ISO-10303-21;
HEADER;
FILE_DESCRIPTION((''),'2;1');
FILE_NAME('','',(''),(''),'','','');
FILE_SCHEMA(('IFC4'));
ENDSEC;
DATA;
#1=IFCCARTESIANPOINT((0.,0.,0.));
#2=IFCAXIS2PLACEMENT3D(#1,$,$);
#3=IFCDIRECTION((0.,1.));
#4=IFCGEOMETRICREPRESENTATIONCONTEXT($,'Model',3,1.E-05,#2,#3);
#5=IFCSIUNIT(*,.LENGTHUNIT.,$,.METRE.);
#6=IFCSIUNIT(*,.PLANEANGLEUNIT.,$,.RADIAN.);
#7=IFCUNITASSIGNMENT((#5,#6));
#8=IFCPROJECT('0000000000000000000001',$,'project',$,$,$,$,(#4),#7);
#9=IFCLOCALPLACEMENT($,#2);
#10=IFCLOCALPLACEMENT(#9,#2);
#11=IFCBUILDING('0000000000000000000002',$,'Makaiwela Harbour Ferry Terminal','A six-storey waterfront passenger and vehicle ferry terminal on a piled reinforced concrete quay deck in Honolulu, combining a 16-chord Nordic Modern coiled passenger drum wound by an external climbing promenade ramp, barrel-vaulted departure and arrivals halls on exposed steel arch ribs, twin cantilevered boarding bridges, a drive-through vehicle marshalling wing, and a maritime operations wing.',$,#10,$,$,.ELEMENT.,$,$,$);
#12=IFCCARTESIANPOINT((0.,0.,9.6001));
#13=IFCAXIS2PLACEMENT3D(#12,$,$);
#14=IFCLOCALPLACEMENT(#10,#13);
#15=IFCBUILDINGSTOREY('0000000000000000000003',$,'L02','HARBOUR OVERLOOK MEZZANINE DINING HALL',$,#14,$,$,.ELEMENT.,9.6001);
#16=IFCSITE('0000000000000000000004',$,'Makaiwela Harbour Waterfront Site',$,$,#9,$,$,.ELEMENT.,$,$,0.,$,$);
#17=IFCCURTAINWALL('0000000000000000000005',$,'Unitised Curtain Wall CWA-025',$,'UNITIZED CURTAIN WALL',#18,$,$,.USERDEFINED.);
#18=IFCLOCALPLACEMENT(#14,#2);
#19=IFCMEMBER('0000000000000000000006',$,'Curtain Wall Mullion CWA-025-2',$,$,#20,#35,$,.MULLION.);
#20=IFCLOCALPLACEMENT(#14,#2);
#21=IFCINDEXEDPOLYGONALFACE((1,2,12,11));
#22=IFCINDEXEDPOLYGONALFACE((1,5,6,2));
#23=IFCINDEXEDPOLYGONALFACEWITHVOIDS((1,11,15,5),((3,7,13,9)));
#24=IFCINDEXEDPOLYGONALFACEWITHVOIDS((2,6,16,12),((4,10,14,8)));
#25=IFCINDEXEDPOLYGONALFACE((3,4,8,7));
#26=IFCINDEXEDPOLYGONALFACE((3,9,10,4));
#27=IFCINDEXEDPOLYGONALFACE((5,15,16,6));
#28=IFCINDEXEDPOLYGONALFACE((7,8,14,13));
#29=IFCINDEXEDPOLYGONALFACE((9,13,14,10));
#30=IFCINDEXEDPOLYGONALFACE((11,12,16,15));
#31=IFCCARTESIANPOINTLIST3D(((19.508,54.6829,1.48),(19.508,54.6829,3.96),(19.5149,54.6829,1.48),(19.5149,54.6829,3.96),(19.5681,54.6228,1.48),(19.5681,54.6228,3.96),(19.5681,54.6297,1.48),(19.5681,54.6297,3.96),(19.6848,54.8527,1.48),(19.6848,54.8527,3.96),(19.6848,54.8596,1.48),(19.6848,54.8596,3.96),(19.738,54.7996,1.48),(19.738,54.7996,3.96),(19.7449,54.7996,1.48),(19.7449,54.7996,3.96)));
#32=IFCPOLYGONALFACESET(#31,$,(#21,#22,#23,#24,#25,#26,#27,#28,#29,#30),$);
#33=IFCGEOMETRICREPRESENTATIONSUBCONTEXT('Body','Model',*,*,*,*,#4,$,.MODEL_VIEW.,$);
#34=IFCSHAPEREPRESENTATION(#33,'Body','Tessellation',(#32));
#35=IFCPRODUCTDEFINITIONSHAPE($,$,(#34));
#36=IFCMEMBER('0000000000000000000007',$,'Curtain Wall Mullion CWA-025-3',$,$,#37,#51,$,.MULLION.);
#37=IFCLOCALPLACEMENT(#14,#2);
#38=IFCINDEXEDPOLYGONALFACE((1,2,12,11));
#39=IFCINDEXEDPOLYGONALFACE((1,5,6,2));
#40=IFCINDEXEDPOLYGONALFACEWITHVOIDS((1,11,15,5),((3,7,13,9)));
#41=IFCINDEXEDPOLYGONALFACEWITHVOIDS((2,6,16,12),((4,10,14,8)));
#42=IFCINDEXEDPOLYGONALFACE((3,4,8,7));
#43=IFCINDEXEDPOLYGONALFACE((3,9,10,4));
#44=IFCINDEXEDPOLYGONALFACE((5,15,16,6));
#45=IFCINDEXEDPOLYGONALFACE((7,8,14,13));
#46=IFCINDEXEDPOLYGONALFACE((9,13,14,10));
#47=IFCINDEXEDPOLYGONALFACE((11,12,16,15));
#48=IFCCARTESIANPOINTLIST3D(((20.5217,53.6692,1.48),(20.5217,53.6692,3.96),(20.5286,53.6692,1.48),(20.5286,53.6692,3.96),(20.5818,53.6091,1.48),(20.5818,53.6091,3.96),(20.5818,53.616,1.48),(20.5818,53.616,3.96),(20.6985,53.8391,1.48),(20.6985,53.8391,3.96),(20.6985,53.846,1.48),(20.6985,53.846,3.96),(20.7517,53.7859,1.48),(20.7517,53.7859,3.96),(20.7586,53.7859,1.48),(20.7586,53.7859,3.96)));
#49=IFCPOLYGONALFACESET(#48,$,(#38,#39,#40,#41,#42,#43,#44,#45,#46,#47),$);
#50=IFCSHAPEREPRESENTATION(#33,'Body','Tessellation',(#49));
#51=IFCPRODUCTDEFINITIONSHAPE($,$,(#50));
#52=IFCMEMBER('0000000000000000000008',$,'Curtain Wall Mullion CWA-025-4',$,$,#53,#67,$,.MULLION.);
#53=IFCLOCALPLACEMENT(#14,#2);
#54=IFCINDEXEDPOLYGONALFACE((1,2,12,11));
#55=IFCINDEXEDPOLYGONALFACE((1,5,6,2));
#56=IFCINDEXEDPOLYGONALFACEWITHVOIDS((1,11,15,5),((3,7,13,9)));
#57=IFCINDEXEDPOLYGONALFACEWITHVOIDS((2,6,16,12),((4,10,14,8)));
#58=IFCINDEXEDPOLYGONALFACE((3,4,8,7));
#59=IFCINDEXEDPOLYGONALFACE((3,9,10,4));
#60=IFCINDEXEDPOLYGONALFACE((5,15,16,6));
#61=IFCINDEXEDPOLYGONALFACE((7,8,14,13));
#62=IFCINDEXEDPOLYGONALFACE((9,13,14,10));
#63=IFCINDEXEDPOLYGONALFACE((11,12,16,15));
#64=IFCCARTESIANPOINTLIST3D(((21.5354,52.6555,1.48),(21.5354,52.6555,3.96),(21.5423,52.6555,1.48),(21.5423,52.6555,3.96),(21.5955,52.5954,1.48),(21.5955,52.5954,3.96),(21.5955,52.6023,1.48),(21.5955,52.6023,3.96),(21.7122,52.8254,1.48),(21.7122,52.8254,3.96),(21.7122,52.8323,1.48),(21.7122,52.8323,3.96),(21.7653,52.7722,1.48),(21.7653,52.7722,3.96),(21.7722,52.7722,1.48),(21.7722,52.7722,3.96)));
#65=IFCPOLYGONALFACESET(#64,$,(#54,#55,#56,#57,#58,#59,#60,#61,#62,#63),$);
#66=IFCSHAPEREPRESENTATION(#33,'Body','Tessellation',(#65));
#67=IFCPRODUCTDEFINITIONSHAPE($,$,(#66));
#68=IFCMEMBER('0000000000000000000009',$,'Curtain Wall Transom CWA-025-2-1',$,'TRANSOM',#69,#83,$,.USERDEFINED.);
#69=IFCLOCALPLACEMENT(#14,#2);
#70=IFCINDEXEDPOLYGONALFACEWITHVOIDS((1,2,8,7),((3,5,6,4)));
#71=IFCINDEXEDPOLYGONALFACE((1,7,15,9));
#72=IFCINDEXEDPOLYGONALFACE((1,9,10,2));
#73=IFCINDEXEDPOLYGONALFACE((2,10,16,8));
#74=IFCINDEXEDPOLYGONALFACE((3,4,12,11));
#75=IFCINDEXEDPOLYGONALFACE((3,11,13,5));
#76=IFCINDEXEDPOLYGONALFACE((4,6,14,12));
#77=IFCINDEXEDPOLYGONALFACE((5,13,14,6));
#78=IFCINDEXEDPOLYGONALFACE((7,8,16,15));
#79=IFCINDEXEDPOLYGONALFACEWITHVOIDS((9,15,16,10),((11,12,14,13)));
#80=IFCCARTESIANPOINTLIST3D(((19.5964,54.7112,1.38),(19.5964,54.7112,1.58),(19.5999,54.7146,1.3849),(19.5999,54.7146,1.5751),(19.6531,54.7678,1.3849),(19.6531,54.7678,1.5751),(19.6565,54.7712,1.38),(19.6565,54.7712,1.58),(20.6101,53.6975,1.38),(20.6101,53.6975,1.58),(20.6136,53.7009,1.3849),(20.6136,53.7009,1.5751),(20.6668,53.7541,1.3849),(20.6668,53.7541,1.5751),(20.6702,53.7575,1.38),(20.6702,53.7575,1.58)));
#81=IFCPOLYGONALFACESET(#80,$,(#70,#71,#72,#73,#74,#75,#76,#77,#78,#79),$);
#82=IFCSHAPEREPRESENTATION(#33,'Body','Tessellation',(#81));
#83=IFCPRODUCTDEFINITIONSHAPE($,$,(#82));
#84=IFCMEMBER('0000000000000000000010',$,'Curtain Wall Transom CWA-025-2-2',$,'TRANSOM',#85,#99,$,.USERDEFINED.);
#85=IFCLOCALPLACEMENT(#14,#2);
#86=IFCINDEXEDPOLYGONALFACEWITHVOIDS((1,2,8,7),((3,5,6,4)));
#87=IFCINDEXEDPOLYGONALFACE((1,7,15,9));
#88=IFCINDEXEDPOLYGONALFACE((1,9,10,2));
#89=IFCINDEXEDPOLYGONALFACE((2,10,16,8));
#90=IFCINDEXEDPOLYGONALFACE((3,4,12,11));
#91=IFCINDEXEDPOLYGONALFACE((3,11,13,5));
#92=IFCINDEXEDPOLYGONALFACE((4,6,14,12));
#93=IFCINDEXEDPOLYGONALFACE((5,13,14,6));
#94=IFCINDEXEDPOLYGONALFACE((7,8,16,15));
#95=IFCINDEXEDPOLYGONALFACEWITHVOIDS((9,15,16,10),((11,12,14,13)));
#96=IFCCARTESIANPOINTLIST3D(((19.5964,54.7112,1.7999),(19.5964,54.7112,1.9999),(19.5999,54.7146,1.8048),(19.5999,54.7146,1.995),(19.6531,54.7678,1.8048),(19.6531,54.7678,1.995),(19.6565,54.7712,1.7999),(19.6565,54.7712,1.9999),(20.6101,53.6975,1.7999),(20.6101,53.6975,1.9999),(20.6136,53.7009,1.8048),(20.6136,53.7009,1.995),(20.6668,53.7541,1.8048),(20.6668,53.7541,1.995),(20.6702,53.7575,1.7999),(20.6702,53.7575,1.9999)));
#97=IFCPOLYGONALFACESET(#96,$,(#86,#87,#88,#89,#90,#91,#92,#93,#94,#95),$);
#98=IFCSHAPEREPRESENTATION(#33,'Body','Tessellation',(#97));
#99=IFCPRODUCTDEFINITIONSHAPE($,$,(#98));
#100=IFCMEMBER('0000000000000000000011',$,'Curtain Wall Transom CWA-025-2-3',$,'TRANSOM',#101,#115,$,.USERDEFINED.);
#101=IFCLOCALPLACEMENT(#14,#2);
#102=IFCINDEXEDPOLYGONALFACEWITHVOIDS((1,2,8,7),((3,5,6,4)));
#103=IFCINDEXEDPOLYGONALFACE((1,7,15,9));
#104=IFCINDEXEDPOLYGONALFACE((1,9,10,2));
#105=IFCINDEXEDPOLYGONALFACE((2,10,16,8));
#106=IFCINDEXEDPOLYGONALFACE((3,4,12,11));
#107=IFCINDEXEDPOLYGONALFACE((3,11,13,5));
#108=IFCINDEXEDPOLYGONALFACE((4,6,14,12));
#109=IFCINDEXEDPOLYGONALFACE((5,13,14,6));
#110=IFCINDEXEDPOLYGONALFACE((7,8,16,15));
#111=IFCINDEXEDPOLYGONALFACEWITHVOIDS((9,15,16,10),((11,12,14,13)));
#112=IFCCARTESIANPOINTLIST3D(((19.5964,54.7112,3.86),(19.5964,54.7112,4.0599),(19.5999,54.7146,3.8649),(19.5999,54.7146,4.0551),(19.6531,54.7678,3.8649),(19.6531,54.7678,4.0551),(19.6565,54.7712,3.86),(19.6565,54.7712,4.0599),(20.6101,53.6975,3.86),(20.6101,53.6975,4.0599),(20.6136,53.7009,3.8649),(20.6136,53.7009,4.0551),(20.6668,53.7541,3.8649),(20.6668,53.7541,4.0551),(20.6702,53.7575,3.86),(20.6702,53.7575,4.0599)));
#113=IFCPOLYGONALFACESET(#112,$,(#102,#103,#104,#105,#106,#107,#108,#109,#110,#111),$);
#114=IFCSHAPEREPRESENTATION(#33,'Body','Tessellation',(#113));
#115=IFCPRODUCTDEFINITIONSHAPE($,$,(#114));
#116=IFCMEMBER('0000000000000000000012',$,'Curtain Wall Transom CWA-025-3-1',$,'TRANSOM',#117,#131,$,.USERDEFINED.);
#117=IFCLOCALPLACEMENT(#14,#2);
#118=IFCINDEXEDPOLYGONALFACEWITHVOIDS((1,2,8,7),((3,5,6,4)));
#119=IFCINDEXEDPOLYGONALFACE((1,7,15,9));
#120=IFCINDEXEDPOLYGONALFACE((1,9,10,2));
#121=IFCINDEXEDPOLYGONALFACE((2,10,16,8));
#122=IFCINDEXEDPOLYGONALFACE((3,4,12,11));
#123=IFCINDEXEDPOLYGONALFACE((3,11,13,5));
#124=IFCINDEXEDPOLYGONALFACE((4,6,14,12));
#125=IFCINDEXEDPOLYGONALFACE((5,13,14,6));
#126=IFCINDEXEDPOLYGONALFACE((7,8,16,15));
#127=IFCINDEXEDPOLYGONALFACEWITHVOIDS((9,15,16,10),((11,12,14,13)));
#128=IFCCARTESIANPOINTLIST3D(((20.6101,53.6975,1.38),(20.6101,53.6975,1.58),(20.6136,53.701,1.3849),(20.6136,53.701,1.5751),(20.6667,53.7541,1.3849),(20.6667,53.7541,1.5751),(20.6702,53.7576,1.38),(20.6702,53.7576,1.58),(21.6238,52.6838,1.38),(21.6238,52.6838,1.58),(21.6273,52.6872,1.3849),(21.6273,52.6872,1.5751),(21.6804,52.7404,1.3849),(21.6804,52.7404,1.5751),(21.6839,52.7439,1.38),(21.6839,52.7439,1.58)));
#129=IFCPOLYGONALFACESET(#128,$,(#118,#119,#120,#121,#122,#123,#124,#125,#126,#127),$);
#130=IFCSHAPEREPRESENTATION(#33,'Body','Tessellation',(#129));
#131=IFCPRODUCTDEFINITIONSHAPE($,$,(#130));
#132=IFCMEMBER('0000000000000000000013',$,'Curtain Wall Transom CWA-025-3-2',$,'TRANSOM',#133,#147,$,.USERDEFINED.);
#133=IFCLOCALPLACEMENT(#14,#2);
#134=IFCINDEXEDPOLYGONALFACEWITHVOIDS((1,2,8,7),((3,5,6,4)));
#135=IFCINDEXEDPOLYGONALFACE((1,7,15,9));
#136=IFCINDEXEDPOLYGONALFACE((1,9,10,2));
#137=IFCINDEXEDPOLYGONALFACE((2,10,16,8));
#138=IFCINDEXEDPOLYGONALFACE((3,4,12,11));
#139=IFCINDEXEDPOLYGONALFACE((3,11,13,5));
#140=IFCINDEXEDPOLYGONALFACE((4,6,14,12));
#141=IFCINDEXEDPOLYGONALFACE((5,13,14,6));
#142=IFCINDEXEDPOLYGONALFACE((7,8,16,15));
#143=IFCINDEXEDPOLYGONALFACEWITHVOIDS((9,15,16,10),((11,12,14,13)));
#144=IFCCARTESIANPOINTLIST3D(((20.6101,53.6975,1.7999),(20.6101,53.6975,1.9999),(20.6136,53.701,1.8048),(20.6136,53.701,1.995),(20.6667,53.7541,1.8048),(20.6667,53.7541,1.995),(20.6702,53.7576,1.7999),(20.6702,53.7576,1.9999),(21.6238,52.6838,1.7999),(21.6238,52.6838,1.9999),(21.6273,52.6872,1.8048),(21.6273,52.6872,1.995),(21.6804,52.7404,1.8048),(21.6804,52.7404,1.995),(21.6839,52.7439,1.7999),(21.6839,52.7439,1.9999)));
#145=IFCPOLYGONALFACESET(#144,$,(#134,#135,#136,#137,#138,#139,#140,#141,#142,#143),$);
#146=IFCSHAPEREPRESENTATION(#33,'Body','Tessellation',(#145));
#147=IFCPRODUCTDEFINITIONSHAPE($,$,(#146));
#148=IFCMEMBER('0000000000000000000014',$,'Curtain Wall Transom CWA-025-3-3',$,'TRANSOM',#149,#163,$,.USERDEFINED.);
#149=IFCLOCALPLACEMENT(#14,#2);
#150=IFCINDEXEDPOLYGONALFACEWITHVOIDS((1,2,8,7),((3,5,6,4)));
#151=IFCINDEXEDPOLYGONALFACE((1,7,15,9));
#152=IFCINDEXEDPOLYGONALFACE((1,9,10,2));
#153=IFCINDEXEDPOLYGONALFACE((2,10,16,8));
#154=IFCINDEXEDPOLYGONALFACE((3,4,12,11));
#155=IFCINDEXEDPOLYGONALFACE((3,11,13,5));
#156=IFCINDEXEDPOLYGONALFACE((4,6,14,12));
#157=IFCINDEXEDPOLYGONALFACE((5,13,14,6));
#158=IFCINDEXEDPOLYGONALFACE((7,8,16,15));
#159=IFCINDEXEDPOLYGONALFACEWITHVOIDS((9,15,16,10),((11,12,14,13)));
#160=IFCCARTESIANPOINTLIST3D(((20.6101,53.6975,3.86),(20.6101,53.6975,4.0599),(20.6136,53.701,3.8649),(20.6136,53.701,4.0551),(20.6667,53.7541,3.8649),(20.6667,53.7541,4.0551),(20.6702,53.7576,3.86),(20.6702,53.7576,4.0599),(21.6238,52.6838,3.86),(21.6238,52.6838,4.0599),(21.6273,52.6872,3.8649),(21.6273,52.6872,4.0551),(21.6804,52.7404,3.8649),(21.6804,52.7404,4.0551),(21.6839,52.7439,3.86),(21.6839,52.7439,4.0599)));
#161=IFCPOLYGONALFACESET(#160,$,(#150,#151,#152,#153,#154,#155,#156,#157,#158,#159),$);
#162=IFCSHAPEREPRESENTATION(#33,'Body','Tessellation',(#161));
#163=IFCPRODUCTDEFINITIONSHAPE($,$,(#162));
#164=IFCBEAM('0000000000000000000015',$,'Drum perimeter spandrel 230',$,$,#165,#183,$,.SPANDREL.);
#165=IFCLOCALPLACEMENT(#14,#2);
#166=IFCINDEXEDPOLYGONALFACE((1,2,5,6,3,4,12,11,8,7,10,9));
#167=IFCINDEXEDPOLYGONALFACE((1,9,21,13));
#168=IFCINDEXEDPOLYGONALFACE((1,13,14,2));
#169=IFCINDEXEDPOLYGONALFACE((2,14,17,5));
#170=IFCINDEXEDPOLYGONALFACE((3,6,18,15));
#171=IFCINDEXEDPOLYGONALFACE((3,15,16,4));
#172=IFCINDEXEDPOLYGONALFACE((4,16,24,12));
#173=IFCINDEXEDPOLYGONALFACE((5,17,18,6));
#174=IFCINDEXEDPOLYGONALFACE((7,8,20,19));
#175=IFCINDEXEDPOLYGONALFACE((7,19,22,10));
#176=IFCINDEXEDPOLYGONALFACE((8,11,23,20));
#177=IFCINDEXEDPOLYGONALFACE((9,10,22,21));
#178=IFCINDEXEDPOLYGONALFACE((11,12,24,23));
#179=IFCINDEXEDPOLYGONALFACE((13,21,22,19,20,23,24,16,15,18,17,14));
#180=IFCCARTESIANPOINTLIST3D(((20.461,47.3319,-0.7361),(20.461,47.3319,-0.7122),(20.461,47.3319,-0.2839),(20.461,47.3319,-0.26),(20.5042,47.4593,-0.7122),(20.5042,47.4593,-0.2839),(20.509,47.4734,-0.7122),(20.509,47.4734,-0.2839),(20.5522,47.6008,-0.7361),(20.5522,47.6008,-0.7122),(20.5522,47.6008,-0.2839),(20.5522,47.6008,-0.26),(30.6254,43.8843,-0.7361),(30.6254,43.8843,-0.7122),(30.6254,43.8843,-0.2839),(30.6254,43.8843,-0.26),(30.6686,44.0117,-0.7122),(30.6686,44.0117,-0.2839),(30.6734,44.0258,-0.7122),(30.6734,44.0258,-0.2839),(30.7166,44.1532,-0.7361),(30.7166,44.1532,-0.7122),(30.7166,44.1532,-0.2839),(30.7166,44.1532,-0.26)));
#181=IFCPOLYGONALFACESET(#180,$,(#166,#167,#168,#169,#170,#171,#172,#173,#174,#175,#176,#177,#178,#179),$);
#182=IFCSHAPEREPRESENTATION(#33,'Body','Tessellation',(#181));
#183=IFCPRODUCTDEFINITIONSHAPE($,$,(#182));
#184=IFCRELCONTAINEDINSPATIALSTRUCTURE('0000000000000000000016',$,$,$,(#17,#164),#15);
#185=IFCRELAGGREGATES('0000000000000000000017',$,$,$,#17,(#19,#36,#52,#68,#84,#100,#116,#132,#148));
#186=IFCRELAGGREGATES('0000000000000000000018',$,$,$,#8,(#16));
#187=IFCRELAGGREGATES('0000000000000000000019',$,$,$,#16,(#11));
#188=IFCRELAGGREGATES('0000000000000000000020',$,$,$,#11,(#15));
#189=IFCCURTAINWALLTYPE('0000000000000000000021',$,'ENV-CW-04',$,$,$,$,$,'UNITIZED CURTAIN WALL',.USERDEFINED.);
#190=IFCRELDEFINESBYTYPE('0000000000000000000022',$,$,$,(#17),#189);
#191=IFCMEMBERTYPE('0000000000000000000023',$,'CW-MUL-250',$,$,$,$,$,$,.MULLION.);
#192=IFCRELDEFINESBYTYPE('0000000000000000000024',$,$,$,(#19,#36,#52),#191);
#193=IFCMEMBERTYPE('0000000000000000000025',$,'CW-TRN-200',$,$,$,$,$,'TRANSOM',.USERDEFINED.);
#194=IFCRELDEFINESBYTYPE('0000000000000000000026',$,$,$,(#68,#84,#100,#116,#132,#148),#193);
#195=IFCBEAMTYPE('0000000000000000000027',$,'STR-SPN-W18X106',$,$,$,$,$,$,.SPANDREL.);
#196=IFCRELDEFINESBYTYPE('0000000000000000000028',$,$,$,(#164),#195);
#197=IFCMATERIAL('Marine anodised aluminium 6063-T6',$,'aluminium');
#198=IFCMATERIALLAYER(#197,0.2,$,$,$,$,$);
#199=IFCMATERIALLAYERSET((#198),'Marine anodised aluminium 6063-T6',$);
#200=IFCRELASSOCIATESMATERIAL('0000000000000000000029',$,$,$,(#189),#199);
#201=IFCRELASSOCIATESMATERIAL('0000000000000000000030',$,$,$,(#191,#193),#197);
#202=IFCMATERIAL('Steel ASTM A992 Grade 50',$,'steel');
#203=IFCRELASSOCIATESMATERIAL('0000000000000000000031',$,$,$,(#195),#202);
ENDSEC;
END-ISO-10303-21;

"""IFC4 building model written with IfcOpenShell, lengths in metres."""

from ifc_helpers import new_model, si_unit, direction, frame, origin, origin_2d, place, context, subcontext, project, spatial, hollow_rectangle, i_section, extrude, material, layer, layer_set, material_profile, profile_set, type_object, element, aggregate, save


model = new_model("IFC4")

# Units and contexts
model_context = context("Model", 3, precision=1e-05, world=origin(), true_north=direction((0.0, 1.0)))
body_context = subcontext(model_context, "Body", "Model", "MODEL_VIEW")
ifc_project = project(units=[si_unit("LENGTHUNIT", "METRE"), si_unit("PLANEANGLEUNIT", "RADIAN")], contexts=[model_context])

# Site, building, storey
site_placement = place(None, origin())
site = spatial("IfcSite", under=ifc_project, at=site_placement, Name="Makaiwela Harbour Waterfront Site", CompositionType="ELEMENT", RefElevation=0.0)
building_placement = place(site_placement, origin())
building = spatial("IfcBuilding", under=site, at=building_placement, Name="Makaiwela Harbour Ferry Terminal", Description="A six-storey waterfront passenger and vehicle ferry terminal on a piled reinforced concrete quay deck in Honolulu, combining a 16-chord Nordic Modern coiled passenger drum wound by an external climbing promenade ramp, barrel-vaulted departure and arrivals halls on exposed steel arch ribs, twin cantilevered boarding bridges, a drive-through vehicle marshalling wing, and a maritime operations wing.", CompositionType="ELEMENT")
storey_placement = place(building_placement, frame((0.0, 0.0, 9.6001)))
storey = spatial("IfcBuildingStorey", under=building, at=storey_placement, Name="L02", Description="HARBOUR OVERLOOK MEZZANINE DINING HALL", CompositionType="ELEMENT", Elevation=9.6001)

# Curtain wall, members
ifc_material_1 = material(Name="Marine anodised aluminium 6063-T6", Category="aluminium")
ifc_layer_1 = layer(ifc_material_1, 0.2)
ifc_layer_set_1 = layer_set([ifc_layer_1], Name="Marine anodised aluminium 6063-T6")
curtain_wall_type = type_object("IfcCurtainWallType", Name="ENV-CW-04", ElementType="UNITIZED CURTAIN WALL", PredefinedType="USERDEFINED", material=ifc_layer_set_1)
curtain_wall_placement = place(storey_placement, origin())
curtain_wall = element("IfcCurtainWall", 1, at=curtain_wall_placement, inside=storey, type_object=curtain_wall_type, Name="Unitised Curtain Wall CWA-025", ObjectType="UNITIZED CURTAIN WALL", PredefinedType="USERDEFINED")
ifc_material_profile_1 = material_profile(ifc_material_1, hollow_rectangle(XDim=0.085, YDim=0.25, WallThickness=0.0049, at=origin_2d()), Name="CWM-250X85")
ifc_profile_set_1 = profile_set([ifc_material_profile_1], Name="Marine anodised aluminium 6063-T6")
member_type_1 = type_object("IfcMemberType", Name="CW-MUL-250", PredefinedType="MULLION", material=ifc_profile_set_1)
member_1_placement = place(storey_placement, frame((19.6265, 54.7412, 1.48), z_axis=(0.0, 0.0, 1.0), x_axis=(-0.707107, 0.707107, 0.0)))
member_1 = element("IfcMember", 2, at=member_1_placement, type_object=member_type_1, Name="Curtain Wall Mullion CWA-025-2", PredefinedType="MULLION", context=body_context, shape_type="SweptSolid", body=[
    extrude(hollow_rectangle(XDim=0.085, YDim=0.25, WallThickness=0.0049, at=origin_2d()), origin(), (0.0, 0.0, 1.0), 2.48),
])
member_2_placement = place(storey_placement, frame((20.6401, 53.7275, 1.48), z_axis=(0.0, 0.0, 1.0), x_axis=(-0.707107, 0.707107, 0.0)))
member_2 = element("IfcMember", 3, at=member_2_placement, type_object=member_type_1, Name="Curtain Wall Mullion CWA-025-3", PredefinedType="MULLION", context=body_context, shape_type="SweptSolid", body=[
    extrude(hollow_rectangle(XDim=0.085, YDim=0.25, WallThickness=0.0049, at=origin_2d()), origin(), (0.0, 0.0, 1.0), 2.48),
])
member_3_placement = place(storey_placement, frame((21.6538, 52.7139, 1.48), z_axis=(0.0, 0.0, 1.0), x_axis=(-0.707107, 0.707107, 0.0)))
member_3 = element("IfcMember", 4, at=member_3_placement, type_object=member_type_1, Name="Curtain Wall Mullion CWA-025-4", PredefinedType="MULLION", context=body_context, shape_type="SweptSolid", body=[
    extrude(hollow_rectangle(XDim=0.085, YDim=0.25, WallThickness=0.0049, at=origin_2d()), origin(), (0.0, 0.0, 1.0), 2.48),
])
ifc_material_profile_2 = material_profile(ifc_material_1, hollow_rectangle(XDim=0.085, YDim=0.2, WallThickness=0.0049, at=origin_2d()), Name="CWT-200X85")
ifc_profile_set_2 = profile_set([ifc_material_profile_2], Name="Marine anodised aluminium 6063-T6")
member_type_2 = type_object("IfcMemberType", Name="CW-TRN-200", ElementType="TRANSOM", PredefinedType="USERDEFINED", material=ifc_profile_set_2)
member_4_placement = place(storey_placement, frame((19.6265, 54.7412, 1.48), z_axis=(0.707107, -0.707107, 0.0), x_axis=(0.707107, 0.707107, 0.0)))
member_4 = element("IfcMember", 5, at=member_4_placement, type_object=member_type_2, Name="Curtain Wall Transom CWA-025-2-1", ObjectType="TRANSOM", PredefinedType="USERDEFINED", context=body_context, shape_type="SweptSolid", body=[
    extrude(hollow_rectangle(XDim=0.085, YDim=0.2, WallThickness=0.0049, at=origin_2d()), origin(), (0.0, 0.0, 1.0), 1.4336),
])
member_5_placement = place(storey_placement, frame((19.6265, 54.7412, 1.8999), z_axis=(0.707107, -0.707107, 0.0), x_axis=(0.707107, 0.707107, 0.0)))
member_5 = element("IfcMember", 6, at=member_5_placement, type_object=member_type_2, Name="Curtain Wall Transom CWA-025-2-2", ObjectType="TRANSOM", PredefinedType="USERDEFINED", context=body_context, shape_type="SweptSolid", body=[
    extrude(hollow_rectangle(XDim=0.085, YDim=0.2, WallThickness=0.0049, at=origin_2d()), origin(), (0.0, 0.0, 1.0), 1.4336),
])
member_6_placement = place(storey_placement, frame((19.6265, 54.7412, 3.96), z_axis=(0.707107, -0.707107, 0.0), x_axis=(0.707107, 0.707107, 0.0)))
member_6 = element("IfcMember", 7, at=member_6_placement, type_object=member_type_2, Name="Curtain Wall Transom CWA-025-2-3", ObjectType="TRANSOM", PredefinedType="USERDEFINED", context=body_context, shape_type="SweptSolid", body=[
    extrude(hollow_rectangle(XDim=0.085, YDim=0.2, WallThickness=0.0049, at=origin_2d()), origin(), (0.0, 0.0, 1.0), 1.4336),
])
member_7_placement = place(storey_placement, frame((20.6401, 53.7275, 1.48), z_axis=(0.707107, -0.707107, 0.0), x_axis=(0.707107, 0.707107, 0.0)))
member_7 = element("IfcMember", 8, at=member_7_placement, type_object=member_type_2, Name="Curtain Wall Transom CWA-025-3-1", ObjectType="TRANSOM", PredefinedType="USERDEFINED", context=body_context, shape_type="SweptSolid", body=[
    extrude(hollow_rectangle(XDim=0.085, YDim=0.2, WallThickness=0.0049, at=origin_2d()), origin(), (0.0, 0.0, 1.0), 1.4336),
])
member_8_placement = place(storey_placement, frame((20.6401, 53.7275, 1.8999), z_axis=(0.707107, -0.707107, 0.0), x_axis=(0.707107, 0.707107, 0.0)))
member_8 = element("IfcMember", 9, at=member_8_placement, type_object=member_type_2, Name="Curtain Wall Transom CWA-025-3-2", ObjectType="TRANSOM", PredefinedType="USERDEFINED", context=body_context, shape_type="SweptSolid", body=[
    extrude(hollow_rectangle(XDim=0.085, YDim=0.2, WallThickness=0.0049, at=origin_2d()), origin(), (0.0, 0.0, 1.0), 1.4336),
])
member_9_placement = place(storey_placement, frame((20.6401, 53.7275, 3.96), z_axis=(0.707107, -0.707107, 0.0), x_axis=(0.707107, 0.707107, 0.0)))
member_9 = element("IfcMember", 10, at=member_9_placement, type_object=member_type_2, Name="Curtain Wall Transom CWA-025-3-3", ObjectType="TRANSOM", PredefinedType="USERDEFINED", context=body_context, shape_type="SweptSolid", body=[
    extrude(hollow_rectangle(XDim=0.085, YDim=0.2, WallThickness=0.0049, at=origin_2d()), origin(), (0.0, 0.0, 1.0), 1.4336),
])

# Beam
ifc_material_2 = material(Name="Steel ASTM A992 Grade 50", Category="steel")
ifc_material_profile_3 = material_profile(ifc_material_2, i_section(OverallWidth=0.2839, OverallDepth=0.4761, WebThickness=0.0149, FlangeThickness=0.0239, at=origin_2d()), Name="W18X106")
ifc_profile_set_3 = profile_set([ifc_material_profile_3], Name="Steel ASTM A992 Grade 50")
beam_type = type_object("IfcBeamType", Name="STR-SPN-W18X106", PredefinedType="SPANDREL", material=ifc_profile_set_3)
beam_placement = place(storey_placement, frame((20.5066, 47.4663, -0.498), z_axis=(0.94701, -0.321205, 0.0), x_axis=(0.321205, 0.94701, 0.0)))
element("IfcBeam", 11, at=beam_placement, inside=storey, type_object=beam_type, Name="Drum perimeter spandrel 230", PredefinedType="SPANDREL", context=body_context, shape_type="SweptSolid", body=[
    extrude(i_section(OverallWidth=0.2839, OverallDepth=0.4761, WebThickness=0.0149, FlangeThickness=0.0239, at=origin_2d()), origin(), (0.0, 0.0, 1.0), 10.7332),
])

aggregate(curtain_wall, [member_1, member_2, member_3, member_4, member_5, member_6, member_7, member_8, member_9])

save(model, "model.ifc")
